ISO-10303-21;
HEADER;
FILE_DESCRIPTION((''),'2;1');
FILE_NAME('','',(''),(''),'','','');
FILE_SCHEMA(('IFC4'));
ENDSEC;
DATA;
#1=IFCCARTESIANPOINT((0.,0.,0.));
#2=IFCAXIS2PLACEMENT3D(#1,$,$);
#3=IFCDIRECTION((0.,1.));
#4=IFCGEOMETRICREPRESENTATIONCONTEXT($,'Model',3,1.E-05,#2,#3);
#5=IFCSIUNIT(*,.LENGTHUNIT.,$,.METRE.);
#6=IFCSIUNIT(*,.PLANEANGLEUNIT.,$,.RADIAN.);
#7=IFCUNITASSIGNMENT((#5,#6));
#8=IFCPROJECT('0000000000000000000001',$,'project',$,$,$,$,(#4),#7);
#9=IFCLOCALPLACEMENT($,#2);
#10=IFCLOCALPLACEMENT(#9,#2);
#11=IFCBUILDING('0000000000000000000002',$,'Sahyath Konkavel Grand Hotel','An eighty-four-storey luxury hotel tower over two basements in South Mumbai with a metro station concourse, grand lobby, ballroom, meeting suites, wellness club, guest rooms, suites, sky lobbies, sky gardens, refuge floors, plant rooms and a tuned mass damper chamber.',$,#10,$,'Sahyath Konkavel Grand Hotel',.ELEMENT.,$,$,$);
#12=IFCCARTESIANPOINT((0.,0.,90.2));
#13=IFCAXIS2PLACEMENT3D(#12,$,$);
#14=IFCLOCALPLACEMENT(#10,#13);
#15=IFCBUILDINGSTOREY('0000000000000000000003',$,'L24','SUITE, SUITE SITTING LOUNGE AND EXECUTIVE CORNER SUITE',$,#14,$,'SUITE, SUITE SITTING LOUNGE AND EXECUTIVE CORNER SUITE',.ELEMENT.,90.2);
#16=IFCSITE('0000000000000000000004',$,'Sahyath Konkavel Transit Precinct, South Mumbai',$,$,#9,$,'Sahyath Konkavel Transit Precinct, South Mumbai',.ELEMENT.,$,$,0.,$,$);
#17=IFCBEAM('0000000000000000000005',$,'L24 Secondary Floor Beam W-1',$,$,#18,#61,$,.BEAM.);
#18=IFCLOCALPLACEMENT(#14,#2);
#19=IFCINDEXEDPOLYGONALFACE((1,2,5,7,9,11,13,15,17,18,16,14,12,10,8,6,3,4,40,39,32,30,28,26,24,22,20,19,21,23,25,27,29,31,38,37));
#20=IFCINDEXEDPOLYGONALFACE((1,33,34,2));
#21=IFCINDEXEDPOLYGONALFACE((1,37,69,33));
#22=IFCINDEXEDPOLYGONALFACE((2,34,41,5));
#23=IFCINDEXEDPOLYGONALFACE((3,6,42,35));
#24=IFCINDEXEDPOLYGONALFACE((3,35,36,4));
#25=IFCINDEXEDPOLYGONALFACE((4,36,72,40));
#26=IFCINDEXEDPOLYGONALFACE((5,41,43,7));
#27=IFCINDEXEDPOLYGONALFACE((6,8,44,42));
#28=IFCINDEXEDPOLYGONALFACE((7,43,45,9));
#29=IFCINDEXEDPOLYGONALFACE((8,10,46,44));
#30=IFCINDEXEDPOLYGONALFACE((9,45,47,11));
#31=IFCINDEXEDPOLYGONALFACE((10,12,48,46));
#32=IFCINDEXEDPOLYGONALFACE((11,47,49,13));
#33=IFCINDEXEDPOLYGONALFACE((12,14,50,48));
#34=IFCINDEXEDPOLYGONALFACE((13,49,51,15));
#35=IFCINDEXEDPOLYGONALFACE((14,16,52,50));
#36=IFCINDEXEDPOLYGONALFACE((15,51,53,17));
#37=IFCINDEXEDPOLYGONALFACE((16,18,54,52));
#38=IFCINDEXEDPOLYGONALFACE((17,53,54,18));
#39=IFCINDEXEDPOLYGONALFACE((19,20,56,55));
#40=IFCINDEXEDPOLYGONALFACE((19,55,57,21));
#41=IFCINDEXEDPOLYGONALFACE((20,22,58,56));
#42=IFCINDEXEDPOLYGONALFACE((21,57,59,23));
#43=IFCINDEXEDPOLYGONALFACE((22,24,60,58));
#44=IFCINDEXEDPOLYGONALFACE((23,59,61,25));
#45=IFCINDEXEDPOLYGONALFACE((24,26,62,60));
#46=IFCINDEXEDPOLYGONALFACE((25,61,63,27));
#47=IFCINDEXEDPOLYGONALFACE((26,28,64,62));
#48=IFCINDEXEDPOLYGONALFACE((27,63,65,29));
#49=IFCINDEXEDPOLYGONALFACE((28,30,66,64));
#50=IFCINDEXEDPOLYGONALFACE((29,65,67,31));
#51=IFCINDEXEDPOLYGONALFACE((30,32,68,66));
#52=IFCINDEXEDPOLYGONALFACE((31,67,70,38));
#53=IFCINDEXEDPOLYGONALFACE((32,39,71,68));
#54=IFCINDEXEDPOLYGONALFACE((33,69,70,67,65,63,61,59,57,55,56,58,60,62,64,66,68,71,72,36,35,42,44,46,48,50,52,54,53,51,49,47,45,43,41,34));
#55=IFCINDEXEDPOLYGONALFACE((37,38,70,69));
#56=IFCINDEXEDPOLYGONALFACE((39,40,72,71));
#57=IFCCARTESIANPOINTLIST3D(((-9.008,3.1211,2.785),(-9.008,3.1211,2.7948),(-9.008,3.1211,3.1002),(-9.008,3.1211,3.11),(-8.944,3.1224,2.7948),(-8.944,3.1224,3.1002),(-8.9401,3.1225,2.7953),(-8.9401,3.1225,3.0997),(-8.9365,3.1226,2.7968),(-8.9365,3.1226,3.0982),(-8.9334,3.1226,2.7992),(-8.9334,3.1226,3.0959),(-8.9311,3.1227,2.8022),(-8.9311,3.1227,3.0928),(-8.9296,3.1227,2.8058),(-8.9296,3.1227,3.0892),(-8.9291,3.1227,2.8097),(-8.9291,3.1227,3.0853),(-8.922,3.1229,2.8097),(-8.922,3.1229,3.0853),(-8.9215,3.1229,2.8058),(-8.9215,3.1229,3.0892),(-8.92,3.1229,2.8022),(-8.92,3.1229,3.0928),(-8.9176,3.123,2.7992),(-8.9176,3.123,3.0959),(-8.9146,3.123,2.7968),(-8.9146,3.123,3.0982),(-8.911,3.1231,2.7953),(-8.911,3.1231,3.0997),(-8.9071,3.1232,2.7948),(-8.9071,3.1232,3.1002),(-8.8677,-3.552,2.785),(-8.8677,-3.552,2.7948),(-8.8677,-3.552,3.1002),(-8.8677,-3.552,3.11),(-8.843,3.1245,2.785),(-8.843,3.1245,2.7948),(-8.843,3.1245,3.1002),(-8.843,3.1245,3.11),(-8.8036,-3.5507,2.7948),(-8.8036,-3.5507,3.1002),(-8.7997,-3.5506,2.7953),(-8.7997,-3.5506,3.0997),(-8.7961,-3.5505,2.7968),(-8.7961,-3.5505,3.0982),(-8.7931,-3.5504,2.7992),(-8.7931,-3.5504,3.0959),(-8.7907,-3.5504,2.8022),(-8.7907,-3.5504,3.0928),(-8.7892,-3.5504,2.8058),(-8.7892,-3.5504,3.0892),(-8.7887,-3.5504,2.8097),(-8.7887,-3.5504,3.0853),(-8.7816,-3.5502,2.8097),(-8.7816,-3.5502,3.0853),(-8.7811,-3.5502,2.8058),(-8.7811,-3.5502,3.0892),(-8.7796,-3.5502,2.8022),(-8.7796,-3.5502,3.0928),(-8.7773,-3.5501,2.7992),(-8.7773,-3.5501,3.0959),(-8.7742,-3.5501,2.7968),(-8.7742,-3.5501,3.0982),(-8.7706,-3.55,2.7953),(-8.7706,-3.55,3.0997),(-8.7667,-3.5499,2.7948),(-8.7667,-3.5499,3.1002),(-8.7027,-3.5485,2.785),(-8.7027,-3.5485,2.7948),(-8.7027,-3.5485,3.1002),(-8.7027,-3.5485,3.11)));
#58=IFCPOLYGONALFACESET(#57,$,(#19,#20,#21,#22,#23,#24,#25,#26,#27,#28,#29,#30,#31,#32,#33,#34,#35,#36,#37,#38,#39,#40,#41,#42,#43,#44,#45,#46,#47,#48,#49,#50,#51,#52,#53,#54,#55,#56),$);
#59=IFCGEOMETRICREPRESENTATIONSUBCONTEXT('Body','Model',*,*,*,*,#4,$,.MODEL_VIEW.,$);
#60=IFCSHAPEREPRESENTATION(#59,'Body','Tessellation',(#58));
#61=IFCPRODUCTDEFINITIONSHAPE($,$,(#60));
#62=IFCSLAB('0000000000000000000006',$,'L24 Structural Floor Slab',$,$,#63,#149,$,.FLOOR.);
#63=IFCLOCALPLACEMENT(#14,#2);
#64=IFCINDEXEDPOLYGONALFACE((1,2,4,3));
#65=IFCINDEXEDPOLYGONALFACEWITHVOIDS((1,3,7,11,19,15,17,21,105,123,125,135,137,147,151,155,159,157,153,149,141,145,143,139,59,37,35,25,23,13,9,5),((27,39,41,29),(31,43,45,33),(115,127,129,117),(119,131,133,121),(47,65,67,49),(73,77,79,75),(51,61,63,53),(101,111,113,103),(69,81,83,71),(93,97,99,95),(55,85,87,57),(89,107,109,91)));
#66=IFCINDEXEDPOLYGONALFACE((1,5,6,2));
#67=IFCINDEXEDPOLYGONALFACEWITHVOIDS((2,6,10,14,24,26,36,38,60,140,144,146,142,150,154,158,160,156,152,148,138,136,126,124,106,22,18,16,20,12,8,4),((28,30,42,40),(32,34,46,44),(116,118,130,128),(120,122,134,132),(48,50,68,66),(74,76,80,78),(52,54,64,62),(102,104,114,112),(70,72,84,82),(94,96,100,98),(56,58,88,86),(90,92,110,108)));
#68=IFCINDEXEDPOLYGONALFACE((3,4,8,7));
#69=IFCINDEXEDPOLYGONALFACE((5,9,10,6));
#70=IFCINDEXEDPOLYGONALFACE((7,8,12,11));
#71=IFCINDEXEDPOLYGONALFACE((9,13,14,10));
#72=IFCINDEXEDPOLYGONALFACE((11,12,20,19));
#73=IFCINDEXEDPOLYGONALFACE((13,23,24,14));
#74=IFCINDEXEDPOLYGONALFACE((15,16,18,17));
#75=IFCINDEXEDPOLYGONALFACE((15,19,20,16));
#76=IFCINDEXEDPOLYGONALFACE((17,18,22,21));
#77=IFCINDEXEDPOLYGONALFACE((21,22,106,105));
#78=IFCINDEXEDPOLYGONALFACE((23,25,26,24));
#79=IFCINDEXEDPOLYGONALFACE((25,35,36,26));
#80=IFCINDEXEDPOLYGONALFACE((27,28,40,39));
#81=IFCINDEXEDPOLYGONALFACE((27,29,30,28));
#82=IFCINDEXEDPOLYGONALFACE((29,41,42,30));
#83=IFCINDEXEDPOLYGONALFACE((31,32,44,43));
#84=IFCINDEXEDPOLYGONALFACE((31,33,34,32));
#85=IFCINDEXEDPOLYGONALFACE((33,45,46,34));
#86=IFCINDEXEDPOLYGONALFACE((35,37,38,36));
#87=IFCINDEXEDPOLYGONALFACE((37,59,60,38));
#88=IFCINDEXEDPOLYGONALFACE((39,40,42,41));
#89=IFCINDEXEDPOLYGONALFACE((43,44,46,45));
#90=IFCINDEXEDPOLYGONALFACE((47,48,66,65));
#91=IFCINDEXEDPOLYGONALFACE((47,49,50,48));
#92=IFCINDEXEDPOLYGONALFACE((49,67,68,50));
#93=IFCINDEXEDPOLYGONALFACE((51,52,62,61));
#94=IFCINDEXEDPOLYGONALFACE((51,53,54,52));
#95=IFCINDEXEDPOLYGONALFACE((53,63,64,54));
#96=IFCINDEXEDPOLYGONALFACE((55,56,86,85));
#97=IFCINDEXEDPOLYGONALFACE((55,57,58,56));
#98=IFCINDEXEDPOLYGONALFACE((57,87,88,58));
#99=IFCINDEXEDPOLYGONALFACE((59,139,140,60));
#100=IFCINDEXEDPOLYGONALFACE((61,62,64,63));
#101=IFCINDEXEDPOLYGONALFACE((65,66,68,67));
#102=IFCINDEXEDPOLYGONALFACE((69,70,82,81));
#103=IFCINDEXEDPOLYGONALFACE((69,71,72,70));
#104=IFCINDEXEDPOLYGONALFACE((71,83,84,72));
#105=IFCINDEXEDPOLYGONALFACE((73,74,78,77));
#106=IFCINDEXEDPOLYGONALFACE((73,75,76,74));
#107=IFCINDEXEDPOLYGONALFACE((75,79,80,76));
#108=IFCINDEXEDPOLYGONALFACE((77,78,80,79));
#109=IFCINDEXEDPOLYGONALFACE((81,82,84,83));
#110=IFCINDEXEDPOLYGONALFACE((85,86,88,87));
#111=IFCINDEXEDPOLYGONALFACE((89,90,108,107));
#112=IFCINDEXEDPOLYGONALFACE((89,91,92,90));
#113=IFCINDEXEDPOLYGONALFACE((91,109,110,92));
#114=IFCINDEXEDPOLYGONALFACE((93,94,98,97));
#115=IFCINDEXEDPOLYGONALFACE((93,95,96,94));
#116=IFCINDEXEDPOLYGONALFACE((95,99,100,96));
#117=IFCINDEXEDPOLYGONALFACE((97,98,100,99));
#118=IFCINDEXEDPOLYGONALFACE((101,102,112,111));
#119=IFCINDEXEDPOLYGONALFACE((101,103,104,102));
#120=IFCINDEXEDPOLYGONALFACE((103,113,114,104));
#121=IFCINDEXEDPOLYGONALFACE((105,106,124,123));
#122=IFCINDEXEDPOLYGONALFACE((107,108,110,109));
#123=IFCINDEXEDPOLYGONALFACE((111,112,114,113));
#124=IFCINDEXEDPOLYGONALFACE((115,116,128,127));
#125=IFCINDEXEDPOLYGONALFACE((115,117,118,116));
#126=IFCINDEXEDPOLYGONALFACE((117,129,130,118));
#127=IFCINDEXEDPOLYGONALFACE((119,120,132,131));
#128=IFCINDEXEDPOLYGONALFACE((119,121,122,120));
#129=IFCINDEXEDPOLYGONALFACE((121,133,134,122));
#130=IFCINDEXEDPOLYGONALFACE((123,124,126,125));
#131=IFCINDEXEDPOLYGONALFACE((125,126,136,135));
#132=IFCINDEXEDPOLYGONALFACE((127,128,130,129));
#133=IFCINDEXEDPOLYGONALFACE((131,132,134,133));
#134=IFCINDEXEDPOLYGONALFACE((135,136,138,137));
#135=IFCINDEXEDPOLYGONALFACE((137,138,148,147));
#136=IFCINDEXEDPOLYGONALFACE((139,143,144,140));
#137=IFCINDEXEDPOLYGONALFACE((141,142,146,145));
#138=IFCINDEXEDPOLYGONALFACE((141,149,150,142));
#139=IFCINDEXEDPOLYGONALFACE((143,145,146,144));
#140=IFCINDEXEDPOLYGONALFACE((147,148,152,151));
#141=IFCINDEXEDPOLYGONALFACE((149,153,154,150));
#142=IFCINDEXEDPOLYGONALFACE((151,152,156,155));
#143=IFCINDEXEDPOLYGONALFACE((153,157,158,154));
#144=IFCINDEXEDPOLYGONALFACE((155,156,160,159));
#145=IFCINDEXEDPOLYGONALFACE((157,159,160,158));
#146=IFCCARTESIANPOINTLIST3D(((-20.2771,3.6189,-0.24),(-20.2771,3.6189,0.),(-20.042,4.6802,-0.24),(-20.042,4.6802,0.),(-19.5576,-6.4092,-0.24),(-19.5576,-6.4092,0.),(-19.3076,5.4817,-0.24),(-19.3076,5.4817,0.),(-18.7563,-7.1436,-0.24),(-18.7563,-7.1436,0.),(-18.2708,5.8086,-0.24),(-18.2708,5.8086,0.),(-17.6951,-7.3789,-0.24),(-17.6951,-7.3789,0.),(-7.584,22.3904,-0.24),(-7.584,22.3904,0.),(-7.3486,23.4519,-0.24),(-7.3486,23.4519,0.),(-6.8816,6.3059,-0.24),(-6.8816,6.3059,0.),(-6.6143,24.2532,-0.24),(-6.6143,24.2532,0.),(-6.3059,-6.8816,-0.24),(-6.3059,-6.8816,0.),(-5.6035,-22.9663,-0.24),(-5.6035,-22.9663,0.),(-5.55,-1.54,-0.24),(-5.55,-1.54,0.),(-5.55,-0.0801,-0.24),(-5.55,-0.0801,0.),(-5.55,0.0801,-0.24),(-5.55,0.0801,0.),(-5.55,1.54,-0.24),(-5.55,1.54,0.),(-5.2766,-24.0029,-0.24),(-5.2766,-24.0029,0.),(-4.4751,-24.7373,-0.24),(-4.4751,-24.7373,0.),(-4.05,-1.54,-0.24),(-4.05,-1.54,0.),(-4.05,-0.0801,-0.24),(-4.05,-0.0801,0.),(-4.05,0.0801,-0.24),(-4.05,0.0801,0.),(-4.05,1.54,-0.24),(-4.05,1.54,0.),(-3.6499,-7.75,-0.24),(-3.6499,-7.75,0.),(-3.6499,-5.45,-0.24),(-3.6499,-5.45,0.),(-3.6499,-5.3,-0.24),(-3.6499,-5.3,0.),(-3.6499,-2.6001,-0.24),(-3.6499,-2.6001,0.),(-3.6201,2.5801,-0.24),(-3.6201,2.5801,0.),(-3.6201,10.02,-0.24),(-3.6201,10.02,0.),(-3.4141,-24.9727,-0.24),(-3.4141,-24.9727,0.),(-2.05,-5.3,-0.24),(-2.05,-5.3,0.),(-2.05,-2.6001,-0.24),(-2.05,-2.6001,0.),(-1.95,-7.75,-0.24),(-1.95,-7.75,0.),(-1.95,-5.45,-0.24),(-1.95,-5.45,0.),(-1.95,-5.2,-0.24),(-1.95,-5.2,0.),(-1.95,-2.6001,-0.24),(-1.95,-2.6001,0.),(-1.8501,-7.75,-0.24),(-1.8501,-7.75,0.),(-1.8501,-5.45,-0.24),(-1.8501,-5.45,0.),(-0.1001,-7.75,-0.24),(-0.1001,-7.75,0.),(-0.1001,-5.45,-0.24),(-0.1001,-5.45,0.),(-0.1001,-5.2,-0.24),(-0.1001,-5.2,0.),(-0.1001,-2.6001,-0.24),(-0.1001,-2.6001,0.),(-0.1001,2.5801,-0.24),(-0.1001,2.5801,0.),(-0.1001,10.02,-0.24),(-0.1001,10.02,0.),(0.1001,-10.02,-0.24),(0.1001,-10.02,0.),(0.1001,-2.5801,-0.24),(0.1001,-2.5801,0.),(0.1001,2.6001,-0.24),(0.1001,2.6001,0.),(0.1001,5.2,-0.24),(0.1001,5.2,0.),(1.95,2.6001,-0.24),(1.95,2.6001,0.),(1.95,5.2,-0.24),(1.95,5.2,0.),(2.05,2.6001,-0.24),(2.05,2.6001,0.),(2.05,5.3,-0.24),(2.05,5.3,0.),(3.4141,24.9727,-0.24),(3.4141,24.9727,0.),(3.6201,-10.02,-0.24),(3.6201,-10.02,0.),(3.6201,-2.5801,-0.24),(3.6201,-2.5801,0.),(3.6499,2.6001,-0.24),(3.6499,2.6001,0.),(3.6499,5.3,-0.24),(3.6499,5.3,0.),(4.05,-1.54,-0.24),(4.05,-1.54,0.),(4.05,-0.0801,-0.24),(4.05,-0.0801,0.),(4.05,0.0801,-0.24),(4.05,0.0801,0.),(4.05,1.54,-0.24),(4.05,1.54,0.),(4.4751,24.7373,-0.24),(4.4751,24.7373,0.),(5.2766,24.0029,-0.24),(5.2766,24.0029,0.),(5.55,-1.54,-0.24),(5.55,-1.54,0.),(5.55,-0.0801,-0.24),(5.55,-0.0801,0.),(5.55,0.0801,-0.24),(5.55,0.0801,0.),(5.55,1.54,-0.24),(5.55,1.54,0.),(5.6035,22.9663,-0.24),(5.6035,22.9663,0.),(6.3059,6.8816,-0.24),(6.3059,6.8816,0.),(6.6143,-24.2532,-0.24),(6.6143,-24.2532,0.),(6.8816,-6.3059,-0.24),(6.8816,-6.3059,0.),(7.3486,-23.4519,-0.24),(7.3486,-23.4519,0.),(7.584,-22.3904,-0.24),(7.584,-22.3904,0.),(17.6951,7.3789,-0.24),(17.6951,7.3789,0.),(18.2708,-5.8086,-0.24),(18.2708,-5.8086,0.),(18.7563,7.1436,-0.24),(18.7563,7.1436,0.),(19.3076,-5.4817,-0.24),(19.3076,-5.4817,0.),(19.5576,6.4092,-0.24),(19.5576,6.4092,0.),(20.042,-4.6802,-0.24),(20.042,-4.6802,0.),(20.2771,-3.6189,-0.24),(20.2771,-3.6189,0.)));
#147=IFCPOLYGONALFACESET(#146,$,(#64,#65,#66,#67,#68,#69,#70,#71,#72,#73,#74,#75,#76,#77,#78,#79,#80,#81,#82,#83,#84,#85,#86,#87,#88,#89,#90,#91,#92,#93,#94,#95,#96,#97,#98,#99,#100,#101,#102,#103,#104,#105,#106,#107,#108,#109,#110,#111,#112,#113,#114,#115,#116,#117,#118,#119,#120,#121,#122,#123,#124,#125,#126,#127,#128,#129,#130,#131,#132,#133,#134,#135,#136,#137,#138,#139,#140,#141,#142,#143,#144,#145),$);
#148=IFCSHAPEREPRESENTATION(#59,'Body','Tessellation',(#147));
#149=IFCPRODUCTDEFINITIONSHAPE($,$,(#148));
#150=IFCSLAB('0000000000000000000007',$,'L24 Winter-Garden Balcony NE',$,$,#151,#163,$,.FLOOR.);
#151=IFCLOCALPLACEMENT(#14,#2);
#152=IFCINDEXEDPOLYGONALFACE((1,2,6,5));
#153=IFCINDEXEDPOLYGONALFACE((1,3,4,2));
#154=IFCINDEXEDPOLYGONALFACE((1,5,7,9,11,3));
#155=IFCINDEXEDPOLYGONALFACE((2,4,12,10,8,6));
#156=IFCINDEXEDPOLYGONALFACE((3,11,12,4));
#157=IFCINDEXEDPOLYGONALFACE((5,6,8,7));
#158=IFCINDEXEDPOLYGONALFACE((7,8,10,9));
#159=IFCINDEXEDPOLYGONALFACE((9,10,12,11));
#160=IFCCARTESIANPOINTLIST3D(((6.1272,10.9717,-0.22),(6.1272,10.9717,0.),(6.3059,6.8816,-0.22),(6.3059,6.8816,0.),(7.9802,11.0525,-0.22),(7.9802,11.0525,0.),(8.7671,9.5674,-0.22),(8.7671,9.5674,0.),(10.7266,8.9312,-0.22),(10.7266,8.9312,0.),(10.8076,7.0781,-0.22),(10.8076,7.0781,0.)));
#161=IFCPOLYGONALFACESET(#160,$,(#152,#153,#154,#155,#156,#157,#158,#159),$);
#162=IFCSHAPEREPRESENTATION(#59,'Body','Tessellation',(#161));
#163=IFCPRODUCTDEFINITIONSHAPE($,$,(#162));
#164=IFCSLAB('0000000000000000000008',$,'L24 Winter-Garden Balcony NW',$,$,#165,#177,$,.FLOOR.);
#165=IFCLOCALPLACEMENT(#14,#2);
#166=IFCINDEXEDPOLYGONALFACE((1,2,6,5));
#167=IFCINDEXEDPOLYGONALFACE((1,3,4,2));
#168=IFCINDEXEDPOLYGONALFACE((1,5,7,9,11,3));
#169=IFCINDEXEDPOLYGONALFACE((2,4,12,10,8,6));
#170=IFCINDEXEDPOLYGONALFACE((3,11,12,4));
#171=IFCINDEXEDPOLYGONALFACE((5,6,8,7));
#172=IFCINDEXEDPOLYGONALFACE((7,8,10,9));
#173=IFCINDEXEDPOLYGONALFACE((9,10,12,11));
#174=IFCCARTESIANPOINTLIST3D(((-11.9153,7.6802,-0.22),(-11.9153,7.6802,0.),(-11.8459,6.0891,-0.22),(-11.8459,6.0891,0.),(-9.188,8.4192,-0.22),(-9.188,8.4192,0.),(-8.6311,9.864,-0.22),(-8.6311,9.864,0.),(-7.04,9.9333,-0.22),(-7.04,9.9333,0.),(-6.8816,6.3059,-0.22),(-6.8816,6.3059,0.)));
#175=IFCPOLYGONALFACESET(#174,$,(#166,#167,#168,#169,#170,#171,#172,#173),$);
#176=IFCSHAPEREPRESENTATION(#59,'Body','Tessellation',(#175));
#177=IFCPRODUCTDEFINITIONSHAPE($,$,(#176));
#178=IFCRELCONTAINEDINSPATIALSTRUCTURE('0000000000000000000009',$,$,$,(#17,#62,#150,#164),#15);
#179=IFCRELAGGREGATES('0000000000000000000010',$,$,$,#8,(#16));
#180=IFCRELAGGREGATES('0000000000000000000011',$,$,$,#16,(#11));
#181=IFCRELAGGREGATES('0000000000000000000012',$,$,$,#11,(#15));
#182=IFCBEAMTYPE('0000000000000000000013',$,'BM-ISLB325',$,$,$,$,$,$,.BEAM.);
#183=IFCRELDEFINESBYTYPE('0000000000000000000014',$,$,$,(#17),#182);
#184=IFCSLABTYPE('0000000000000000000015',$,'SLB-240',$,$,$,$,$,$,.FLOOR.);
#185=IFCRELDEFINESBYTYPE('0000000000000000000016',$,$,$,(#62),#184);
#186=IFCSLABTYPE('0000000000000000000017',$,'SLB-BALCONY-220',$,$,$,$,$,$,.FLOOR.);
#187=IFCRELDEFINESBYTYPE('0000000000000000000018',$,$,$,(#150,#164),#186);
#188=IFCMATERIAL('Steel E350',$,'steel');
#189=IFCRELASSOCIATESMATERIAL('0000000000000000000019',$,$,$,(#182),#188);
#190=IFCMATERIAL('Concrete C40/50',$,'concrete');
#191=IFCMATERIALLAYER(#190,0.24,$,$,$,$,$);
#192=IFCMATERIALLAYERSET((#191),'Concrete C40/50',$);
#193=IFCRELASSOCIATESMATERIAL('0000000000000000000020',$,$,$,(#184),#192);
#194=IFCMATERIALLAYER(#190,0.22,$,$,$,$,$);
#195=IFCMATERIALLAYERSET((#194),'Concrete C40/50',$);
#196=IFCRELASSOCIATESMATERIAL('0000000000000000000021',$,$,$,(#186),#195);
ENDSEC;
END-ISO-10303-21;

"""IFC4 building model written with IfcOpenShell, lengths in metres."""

from ifc_helpers import new_model, si_unit, direction, frame, origin, origin_2d, place, context, subcontext, project, spatial, polyline, i_section, outline, extrude, source, transform, mapped, material, layer, layer_set, material_profile, profile_set, type_object, element, save


model = new_model("IFC4")

# Units and contexts
model_context = context("Model", 3, precision=1e-05, world=origin(), true_north=direction((0.0, 1.0)))
body_context = subcontext(model_context, "Body", "Model", "MODEL_VIEW")
ifc_project = project(units=[si_unit("LENGTHUNIT", "METRE"), si_unit("PLANEANGLEUNIT", "RADIAN")], contexts=[model_context])

# Site, building, storey
site_placement = place(None, origin())
site = spatial("IfcSite", under=ifc_project, at=site_placement, Name="Sahyath Konkavel Transit Precinct, South Mumbai", LongName="Sahyath Konkavel Transit Precinct, South Mumbai", CompositionType="ELEMENT", RefElevation=0.0)
building_placement = place(site_placement, origin())
building = spatial("IfcBuilding", under=site, at=building_placement, Name="Sahyath Konkavel Grand Hotel", Description="An eighty-four-storey luxury hotel tower over two basements in South Mumbai with a metro station concourse, grand lobby, ballroom, meeting suites, wellness club, guest rooms, suites, sky lobbies, sky gardens, refuge floors, plant rooms and a tuned mass damper chamber.", LongName="Sahyath Konkavel Grand Hotel", CompositionType="ELEMENT")
storey_placement = place(building_placement, frame((0.0, 0.0, 90.2)))
storey = spatial("IfcBuildingStorey", under=building, at=storey_placement, Name="L24", Description="SUITE, SUITE SITTING LOUNGE AND EXECUTIVE CORNER SUITE", LongName="SUITE, SUITE SITTING LOUNGE AND EXECUTIVE CORNER SUITE", CompositionType="ELEMENT", Elevation=90.2)

# Beam
ifc_material_1 = material(Name="Steel E350", Category="steel")
ifc_material_profile_1 = material_profile(ifc_material_1, i_section(OverallWidth=0.165, OverallDepth=0.325, WebThickness=0.0071, FlangeThickness=0.0098, FilletRadius=0.0149, at=origin_2d()), Name="ISLB 325")
ifc_profile_set_1 = profile_set([ifc_material_profile_1], Name="Steel E350")
beam_type_1 = type_object("IfcBeamType", Name="BM-ISLB325", PredefinedType="BEAM", material=ifc_profile_set_1)
shared_shape_1 = source(origin(), body_context, "Body", "SweptSolid", [
    extrude(i_section(OverallWidth=0.165, OverallDepth=0.325, WebThickness=0.0071, FlangeThickness=0.0098, FilletRadius=0.0149, at=origin_2d()), origin(), (0.0, 0.0, 1.0), 6.6746),
])
beam_1_placement = place(storey_placement, frame((-8.9255, 3.1228, 2.9475), z_axis=(0.021032, -0.999779, 0.0), x_axis=(0.999779, 0.021032, 0.0)))
element("IfcBeam", 1, at=beam_1_placement, inside=storey, type_object=beam_type_1, Name="L24 Secondary Floor Beam W-1", PredefinedType="BEAM", context=body_context, shape_type="MappedRepresentation", body=[
    mapped(shared_shape_1, transform((0.0, 0.0, 0.0), scale=1.0)),
])

# Slabs
ifc_material_2 = material(Name="Concrete C40/50", Category="concrete")
ifc_layer_1 = layer(ifc_material_2, 0.24)
ifc_layer_set_1 = layer_set([ifc_layer_1], Name="Concrete C40/50")
slab_type_1 = type_object("IfcSlabType", Name="SLB-240", PredefinedType="FLOOR", material=ifc_layer_set_1)
slab_1_placement = place(storey_placement, frame((0.0, 0.0, -0.24)))
element("IfcSlab", 2, at=slab_1_placement, inside=storey, type_object=slab_type_1, Name="L24 Structural Floor Slab", PredefinedType="FLOOR", context=body_context, shape_type="SweptSolid", body=[
    extrude(outline(polyline([(6.8816, -6.3059), (18.2708, -5.8086), (19.3076, -5.4817), (20.042, -4.6802), (20.2771, -3.6189), (19.5576, 6.4092), (18.7563, 7.1436), (17.6951, 7.3789), (6.3059, 6.8816), (5.6035, 22.9663), (5.2766, 24.0029), (4.4751, 24.7373), (3.4141, 24.9727), (-6.6143, 24.2532), (-7.3486, 23.4519), (-7.584, 22.3904), (-6.8816, 6.3059), (-18.2708, 5.8086), (-19.3076, 5.4817), (-20.042, 4.6802), (-20.2771, 3.6189), (-19.5576, -6.4092), (-18.7563, -7.1436), (-17.6951, -7.3789), (-6.3059, -6.8816), (-5.6035, -22.9663), (-5.2766, -24.0029), (-4.4751, -24.7373), (-3.4141, -24.9727), (6.6143, -24.2532), (7.3486, -23.4519), (7.584, -22.3904), (6.8816, -6.3059)]), holes=[polyline([(-3.6201, 2.5801), (-0.1001, 2.5801), (-0.1001, 10.02), (-3.6201, 10.02), (-3.6201, 2.5801)]), polyline([(0.1001, -10.02), (3.6201, -10.02), (3.6201, -2.5801), (0.1001, -2.5801), (0.1001, -10.02)]), polyline([(0.1001, 2.6001), (1.95, 2.6001), (1.95, 5.2), (0.1001, 5.2), (0.1001, 2.6001)]), polyline([(-1.95, -5.2), (-0.1001, -5.2), (-0.1001, -2.6001), (-1.95, -2.6001), (-1.95, -5.2)]), polyline([(2.05, 2.6001), (3.6499, 2.6001), (3.6499, 5.3), (2.05, 5.3), (2.05, 2.6001)]), polyline([(-3.6499, -5.3), (-2.05, -5.3), (-2.05, -2.6001), (-3.6499, -2.6001), (-3.6499, -5.3)]), polyline([(-3.6499, -7.75), (-1.95, -7.75), (-1.95, -5.45), (-3.6499, -5.45), (-3.6499, -7.75)]), polyline([(-1.8501, -7.75), (-0.1001, -7.75), (-0.1001, -5.45), (-1.8501, -5.45), (-1.8501, -7.75)]), polyline([(4.05, 0.0801), (5.55, 0.0801), (5.55, 1.54), (4.05, 1.54), (4.05, 0.0801)]), polyline([(4.05, -1.54), (5.55, -1.54), (5.55, -0.0801), (4.05, -0.0801), (4.05, -1.54)]), polyline([(-5.55, 0.0801), (-4.05, 0.0801), (-4.05, 1.54), (-5.55, 1.54), (-5.55, 0.0801)]), polyline([(-5.55, -1.54), (-4.05, -1.54), (-4.05, -0.0801), (-5.55, -0.0801), (-5.55, -1.54)])]), origin(), (0.0, 0.0, 1.0), 0.24),
])
ifc_layer_2 = layer(ifc_material_2, 0.22)
ifc_layer_set_2 = layer_set([ifc_layer_2], Name="Concrete C40/50")
slab_type_2 = type_object("IfcSlabType", Name="SLB-BALCONY-220", PredefinedType="FLOOR", material=ifc_layer_set_2)
slab_2_placement = place(storey_placement, frame((0.0, 0.0, -0.22)))
element("IfcSlab", 3, at=slab_2_placement, inside=storey, type_object=slab_type_2, Name="L24 Winter-Garden Balcony NE", PredefinedType="FLOOR", context=body_context, shape_type="SweptSolid", body=[
    extrude(outline(polyline([(6.3059, 6.8816), (10.8076, 7.0781), (10.7266, 8.9312), (8.7671, 9.5674), (7.9802, 11.0525), (6.1272, 10.9717), (6.3059, 6.8816)])), origin(), (0.0, 0.0, 1.0), 0.22),
])
slab_3_placement = place(storey_placement, frame((0.0, 0.0, -0.22)))
element("IfcSlab", 4, at=slab_3_placement, inside=storey, type_object=slab_type_2, Name="L24 Winter-Garden Balcony NW", PredefinedType="FLOOR", context=body_context, shape_type="SweptSolid", body=[
    extrude(outline(polyline([(-6.8816, 6.3059), (-7.04, 9.9333), (-8.6311, 9.864), (-9.188, 8.4192), (-11.9153, 7.6802), (-11.8459, 6.0891), (-6.8816, 6.3059)])), origin(), (0.0, 0.0, 1.0), 0.22),
])

save(model, "model.ifc")
